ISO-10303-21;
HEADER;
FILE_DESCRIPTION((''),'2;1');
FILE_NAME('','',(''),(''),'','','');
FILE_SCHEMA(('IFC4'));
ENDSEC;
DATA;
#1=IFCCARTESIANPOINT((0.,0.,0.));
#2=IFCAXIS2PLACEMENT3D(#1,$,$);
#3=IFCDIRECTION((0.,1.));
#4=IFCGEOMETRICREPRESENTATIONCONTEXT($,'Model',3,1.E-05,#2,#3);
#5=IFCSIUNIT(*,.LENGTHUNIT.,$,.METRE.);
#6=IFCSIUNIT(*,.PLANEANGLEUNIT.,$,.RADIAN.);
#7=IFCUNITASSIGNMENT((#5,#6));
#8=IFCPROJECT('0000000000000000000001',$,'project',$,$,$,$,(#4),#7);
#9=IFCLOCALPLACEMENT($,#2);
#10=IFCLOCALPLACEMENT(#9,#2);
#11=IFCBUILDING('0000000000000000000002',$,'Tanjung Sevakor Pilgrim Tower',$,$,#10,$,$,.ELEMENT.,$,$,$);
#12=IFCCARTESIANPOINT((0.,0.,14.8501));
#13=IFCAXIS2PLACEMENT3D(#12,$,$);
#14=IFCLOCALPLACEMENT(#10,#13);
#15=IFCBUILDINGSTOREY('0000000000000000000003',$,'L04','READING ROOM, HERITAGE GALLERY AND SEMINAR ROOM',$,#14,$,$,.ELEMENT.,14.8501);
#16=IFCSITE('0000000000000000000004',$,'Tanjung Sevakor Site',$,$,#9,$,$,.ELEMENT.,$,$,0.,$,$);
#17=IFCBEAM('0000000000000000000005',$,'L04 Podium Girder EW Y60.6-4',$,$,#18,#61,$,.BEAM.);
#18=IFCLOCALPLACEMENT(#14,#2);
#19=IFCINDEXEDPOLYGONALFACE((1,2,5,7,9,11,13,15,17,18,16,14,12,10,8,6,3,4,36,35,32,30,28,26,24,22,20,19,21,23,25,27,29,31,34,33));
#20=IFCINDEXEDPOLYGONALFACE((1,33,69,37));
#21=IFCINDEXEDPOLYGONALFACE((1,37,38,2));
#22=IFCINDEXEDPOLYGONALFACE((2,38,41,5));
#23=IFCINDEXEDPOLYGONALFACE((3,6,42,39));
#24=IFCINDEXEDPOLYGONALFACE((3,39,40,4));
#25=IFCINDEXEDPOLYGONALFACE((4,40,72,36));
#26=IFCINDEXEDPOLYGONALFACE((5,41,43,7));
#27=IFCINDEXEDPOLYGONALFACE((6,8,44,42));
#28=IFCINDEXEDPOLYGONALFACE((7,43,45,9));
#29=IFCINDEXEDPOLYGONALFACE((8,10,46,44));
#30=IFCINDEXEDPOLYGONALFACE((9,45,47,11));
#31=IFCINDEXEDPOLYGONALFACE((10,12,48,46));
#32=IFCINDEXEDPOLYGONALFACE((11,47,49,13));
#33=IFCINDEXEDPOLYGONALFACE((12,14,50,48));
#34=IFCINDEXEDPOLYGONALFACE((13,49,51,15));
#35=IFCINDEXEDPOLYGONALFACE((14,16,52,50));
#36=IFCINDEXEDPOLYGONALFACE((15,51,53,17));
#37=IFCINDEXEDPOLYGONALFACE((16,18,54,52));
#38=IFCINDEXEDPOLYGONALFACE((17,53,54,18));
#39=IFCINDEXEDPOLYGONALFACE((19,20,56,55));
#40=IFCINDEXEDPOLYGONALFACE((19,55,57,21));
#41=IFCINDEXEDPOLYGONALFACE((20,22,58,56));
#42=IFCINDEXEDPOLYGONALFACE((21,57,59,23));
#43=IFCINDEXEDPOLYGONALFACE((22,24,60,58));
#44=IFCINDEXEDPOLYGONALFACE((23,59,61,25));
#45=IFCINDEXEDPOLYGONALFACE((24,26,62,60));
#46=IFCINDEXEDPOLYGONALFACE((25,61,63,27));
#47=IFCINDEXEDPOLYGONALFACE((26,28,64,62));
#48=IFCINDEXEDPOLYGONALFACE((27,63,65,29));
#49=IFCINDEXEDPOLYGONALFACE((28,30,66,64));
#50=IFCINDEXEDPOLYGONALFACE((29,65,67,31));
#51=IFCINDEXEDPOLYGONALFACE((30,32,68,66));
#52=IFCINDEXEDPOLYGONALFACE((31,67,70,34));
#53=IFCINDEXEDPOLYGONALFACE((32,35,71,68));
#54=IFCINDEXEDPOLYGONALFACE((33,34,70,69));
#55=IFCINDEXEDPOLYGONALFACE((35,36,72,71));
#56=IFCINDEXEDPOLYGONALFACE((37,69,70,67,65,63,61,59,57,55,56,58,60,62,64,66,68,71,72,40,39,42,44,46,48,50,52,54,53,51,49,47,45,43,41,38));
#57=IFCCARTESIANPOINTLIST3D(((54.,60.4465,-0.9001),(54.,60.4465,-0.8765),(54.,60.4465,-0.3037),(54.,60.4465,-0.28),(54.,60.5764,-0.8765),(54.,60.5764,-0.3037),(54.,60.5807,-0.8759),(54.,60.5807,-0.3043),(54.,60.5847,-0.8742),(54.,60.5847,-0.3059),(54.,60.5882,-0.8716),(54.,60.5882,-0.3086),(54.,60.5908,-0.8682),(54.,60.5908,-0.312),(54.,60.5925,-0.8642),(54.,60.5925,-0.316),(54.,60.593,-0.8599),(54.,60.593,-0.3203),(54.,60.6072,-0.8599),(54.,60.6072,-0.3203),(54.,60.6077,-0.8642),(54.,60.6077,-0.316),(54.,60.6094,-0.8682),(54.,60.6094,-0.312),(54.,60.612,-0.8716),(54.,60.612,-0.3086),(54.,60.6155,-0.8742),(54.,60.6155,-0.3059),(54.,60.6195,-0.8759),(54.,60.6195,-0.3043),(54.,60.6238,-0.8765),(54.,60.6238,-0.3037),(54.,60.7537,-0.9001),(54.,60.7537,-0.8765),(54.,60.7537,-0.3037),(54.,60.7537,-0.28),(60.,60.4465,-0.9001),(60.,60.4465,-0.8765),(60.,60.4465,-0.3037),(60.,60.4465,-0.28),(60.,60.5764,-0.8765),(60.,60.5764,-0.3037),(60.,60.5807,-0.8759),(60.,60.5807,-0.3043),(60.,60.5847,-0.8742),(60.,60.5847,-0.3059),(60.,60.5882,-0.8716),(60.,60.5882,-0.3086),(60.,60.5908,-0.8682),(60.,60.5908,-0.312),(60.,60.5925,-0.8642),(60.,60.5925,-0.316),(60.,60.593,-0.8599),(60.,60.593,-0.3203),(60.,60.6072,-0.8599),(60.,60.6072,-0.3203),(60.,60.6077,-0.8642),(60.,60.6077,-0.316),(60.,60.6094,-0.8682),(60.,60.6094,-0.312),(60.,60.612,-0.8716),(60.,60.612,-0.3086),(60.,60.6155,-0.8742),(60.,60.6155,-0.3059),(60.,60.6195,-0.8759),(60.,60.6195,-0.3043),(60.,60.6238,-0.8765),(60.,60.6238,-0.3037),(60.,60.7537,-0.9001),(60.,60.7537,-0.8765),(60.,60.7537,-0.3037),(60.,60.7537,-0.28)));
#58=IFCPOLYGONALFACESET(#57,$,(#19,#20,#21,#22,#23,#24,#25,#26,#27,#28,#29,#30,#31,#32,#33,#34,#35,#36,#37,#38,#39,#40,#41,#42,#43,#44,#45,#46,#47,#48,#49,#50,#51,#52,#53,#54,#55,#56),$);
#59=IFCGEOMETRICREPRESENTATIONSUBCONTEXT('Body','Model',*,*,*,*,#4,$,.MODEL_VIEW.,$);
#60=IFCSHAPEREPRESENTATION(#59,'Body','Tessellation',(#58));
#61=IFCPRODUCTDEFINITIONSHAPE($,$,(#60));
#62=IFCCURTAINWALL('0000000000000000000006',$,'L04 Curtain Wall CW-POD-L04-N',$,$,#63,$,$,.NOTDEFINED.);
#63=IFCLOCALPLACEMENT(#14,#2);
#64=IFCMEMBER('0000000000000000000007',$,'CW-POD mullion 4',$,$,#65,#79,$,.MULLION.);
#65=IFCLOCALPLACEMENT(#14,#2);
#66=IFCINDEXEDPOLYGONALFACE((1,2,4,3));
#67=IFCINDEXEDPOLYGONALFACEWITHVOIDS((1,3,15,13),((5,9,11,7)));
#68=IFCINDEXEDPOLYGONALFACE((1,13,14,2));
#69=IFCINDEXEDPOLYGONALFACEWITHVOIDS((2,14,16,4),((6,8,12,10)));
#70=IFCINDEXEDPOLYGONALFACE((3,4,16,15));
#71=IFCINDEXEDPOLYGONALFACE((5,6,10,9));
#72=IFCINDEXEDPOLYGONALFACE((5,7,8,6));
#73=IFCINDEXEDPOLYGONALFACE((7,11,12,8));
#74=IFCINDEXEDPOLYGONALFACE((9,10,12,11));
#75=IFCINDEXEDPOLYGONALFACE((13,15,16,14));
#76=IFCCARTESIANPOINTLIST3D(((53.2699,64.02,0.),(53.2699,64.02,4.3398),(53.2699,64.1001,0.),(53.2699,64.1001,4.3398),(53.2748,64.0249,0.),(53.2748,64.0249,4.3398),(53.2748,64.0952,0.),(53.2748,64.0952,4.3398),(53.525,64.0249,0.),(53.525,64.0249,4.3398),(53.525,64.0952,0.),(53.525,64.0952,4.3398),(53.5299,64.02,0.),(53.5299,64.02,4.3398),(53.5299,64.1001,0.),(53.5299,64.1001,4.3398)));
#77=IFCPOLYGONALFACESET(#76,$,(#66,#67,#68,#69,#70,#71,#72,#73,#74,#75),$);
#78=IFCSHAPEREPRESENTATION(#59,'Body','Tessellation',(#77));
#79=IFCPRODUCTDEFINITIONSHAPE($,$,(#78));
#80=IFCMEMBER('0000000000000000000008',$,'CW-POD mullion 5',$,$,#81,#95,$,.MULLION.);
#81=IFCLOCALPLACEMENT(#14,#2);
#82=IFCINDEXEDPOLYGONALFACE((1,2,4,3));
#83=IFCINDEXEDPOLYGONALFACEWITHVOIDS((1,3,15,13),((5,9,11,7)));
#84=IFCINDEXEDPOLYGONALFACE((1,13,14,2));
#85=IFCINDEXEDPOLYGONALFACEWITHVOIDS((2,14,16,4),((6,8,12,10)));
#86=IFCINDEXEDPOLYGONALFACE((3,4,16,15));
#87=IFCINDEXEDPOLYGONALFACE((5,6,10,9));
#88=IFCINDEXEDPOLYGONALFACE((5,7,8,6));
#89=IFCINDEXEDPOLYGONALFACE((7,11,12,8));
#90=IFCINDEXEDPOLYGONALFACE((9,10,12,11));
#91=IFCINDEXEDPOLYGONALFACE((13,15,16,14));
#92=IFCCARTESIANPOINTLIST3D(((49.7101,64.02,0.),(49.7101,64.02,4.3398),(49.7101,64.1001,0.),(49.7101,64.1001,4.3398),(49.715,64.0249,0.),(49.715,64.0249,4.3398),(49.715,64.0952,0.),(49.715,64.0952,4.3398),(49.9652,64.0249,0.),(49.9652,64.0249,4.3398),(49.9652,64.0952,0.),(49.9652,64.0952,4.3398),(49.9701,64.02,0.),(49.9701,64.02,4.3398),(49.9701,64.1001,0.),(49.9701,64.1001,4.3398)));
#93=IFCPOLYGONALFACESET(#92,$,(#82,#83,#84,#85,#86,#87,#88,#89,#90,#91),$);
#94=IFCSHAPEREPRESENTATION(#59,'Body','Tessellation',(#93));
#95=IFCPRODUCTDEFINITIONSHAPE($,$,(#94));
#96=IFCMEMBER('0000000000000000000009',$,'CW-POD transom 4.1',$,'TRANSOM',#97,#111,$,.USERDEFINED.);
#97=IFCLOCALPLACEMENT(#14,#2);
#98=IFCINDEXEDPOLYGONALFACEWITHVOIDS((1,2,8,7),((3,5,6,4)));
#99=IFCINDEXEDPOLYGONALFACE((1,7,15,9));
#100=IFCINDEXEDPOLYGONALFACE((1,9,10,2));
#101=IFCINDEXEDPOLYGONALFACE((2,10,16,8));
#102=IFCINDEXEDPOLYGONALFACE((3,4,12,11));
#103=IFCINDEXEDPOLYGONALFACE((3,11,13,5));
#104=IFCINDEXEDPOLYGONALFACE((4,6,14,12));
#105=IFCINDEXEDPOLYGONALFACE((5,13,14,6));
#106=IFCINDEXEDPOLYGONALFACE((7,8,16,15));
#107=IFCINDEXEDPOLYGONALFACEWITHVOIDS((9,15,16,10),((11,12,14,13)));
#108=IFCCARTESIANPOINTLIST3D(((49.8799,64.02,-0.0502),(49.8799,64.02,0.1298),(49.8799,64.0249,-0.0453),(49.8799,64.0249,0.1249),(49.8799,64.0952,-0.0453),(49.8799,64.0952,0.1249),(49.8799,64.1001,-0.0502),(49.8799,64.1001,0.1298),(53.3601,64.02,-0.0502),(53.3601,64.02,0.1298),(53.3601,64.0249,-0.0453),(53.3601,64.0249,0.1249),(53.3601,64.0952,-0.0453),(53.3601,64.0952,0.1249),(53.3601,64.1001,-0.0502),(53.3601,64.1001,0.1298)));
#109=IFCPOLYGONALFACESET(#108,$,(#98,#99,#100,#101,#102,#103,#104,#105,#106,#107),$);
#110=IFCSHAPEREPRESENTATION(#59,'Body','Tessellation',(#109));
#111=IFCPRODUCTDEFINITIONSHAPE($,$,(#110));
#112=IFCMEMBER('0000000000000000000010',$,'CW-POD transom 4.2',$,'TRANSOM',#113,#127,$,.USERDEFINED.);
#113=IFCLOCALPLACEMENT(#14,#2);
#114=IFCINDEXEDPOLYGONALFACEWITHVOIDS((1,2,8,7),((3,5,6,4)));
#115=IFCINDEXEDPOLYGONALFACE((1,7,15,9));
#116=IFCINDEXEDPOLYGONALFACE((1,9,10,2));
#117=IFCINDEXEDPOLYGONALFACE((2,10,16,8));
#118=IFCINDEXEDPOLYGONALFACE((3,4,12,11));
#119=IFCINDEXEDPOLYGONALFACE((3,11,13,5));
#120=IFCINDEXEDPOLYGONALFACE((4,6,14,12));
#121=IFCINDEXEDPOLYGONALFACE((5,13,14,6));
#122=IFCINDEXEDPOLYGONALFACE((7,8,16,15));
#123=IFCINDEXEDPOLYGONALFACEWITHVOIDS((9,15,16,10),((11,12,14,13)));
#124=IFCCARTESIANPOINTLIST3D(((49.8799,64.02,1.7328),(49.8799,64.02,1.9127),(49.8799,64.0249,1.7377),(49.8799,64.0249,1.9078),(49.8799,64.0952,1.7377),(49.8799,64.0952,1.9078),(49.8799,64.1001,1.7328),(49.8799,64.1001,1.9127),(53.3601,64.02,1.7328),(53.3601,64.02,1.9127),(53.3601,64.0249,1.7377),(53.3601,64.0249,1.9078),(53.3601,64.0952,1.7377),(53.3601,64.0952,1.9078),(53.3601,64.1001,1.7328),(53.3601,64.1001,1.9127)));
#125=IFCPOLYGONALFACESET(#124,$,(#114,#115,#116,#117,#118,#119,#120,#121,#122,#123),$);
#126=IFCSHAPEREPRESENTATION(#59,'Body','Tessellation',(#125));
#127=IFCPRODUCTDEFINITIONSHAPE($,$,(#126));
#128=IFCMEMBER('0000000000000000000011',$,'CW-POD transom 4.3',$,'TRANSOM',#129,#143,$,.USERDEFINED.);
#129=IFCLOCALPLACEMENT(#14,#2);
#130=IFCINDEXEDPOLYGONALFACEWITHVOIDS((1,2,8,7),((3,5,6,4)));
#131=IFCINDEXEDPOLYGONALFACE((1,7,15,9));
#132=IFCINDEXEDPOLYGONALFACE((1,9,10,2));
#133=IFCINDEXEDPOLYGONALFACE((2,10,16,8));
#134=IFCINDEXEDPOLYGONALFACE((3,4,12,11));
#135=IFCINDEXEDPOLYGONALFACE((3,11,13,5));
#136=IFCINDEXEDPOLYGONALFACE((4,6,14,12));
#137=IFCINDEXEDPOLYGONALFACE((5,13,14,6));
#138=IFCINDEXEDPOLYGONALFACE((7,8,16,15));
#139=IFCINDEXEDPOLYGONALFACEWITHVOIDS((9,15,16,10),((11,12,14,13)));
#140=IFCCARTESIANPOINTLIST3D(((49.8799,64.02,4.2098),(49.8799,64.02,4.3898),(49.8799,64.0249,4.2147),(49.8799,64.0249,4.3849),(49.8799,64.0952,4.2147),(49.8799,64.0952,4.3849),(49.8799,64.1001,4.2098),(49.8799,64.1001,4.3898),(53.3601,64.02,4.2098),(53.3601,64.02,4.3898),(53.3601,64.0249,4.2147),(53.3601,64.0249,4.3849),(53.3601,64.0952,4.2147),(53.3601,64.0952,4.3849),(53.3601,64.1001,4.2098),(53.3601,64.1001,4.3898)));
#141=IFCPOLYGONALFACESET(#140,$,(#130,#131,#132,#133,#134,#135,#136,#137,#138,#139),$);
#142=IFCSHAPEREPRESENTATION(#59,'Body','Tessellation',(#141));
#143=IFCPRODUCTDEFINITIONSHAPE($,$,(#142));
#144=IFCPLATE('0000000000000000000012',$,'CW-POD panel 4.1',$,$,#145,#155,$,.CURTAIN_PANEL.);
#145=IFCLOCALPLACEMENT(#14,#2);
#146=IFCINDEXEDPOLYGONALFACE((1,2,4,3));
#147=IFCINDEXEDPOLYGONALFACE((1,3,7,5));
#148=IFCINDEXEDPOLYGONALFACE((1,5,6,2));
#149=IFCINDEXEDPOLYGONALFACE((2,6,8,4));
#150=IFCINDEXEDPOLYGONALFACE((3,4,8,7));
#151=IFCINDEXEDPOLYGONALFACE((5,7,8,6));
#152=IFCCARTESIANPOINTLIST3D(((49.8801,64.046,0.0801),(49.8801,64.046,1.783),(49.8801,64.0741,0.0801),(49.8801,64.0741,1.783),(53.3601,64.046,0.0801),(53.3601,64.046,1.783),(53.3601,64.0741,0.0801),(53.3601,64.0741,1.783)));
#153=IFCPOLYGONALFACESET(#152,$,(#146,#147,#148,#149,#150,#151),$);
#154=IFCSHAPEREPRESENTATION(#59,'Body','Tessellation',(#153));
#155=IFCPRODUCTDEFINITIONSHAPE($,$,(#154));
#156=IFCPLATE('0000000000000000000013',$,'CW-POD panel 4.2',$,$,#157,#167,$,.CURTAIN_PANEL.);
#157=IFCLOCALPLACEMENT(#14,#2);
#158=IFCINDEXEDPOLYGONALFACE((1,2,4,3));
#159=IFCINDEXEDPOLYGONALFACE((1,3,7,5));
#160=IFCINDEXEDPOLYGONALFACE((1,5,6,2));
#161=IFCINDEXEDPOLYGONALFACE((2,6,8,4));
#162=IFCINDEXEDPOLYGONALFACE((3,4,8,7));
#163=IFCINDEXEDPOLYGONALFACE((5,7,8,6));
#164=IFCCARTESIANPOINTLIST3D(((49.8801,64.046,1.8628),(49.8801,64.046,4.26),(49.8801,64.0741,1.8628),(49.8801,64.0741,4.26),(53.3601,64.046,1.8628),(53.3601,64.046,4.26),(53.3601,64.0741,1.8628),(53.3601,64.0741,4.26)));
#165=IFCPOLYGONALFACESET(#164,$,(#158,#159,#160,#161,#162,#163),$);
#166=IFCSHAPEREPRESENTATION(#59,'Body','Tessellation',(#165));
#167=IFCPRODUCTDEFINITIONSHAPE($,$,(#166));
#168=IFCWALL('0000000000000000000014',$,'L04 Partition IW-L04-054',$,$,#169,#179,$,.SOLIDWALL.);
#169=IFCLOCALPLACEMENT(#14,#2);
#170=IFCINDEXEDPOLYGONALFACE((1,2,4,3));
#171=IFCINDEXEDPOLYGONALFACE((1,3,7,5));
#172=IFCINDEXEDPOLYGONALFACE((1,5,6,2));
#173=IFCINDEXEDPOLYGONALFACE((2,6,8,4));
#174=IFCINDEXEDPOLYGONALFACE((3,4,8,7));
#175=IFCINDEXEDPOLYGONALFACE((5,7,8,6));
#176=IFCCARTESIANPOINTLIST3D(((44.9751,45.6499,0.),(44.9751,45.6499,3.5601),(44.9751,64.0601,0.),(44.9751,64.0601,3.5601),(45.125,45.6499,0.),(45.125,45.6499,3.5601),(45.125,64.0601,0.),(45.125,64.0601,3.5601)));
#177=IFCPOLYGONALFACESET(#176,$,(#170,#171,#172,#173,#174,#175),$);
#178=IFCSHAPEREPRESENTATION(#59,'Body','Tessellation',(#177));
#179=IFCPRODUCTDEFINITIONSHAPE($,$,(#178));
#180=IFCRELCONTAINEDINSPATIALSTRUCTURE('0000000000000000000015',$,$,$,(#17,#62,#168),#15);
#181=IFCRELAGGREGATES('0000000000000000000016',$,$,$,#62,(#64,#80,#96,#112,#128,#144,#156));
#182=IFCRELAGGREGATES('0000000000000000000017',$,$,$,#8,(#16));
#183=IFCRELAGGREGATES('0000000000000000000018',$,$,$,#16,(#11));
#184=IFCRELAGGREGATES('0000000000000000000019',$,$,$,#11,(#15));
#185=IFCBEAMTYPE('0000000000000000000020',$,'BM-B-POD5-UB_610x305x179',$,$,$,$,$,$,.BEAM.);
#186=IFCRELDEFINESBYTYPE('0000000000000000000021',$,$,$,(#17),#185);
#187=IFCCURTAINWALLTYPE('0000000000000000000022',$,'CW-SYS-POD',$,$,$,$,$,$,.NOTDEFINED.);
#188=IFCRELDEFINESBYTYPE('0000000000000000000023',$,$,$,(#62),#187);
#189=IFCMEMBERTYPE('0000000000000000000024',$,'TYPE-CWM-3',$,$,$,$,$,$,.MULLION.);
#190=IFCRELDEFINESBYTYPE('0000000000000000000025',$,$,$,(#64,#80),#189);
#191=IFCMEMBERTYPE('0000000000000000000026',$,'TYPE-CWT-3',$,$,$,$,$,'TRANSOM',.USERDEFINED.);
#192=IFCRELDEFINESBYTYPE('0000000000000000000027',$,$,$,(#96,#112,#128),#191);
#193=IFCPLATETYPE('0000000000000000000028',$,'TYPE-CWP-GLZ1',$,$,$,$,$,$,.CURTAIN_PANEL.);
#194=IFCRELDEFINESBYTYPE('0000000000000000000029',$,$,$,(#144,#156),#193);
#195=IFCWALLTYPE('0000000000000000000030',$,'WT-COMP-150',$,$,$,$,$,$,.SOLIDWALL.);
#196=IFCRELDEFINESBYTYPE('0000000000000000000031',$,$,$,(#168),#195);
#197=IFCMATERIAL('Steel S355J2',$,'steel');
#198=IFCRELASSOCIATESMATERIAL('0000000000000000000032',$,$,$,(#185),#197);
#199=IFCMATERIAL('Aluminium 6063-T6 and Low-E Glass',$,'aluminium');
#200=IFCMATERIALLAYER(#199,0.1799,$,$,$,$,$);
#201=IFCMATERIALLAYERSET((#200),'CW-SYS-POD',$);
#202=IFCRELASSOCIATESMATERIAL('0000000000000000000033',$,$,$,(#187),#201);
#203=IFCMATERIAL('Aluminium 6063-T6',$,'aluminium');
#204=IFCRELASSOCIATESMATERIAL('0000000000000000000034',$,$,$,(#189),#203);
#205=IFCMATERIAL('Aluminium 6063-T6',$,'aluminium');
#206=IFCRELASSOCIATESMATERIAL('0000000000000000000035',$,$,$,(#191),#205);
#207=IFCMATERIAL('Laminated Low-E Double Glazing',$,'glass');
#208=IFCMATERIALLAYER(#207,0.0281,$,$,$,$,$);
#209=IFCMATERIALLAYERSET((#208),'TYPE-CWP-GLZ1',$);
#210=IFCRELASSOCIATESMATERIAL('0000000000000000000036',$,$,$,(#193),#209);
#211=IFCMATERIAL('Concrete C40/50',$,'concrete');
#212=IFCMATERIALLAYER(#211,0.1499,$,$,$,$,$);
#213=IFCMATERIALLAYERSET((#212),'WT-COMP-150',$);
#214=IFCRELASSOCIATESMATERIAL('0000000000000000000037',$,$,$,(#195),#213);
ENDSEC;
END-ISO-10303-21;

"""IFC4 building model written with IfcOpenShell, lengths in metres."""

from ifc_helpers import new_model, si_unit, direction, frame, frame_2d, origin, origin_2d, place, context, subcontext, project, spatial, rectangle, hollow_rectangle, i_section, extrude, material, layer, layer_set, material_profile, profile_set, type_object, element, aggregate, save


model = new_model("IFC4")

# Units and contexts
model_context = context("Model", 3, precision=1e-05, world=origin(), true_north=direction((0.0, 1.0)))
body_context = subcontext(model_context, "Body", "Model", "MODEL_VIEW")
ifc_project = project(units=[si_unit("LENGTHUNIT", "METRE"), si_unit("PLANEANGLEUNIT", "RADIAN")], contexts=[model_context])

# Site, building, storey
site_placement = place(None, origin())
site = spatial("IfcSite", under=ifc_project, at=site_placement, Name="Tanjung Sevakor Site", CompositionType="ELEMENT", RefElevation=0.0)
building_placement = place(site_placement, origin())
building = spatial("IfcBuilding", under=site, at=building_placement, Name="Tanjung Sevakor Pilgrim Tower", CompositionType="ELEMENT")
storey_placement = place(building_placement, frame((0.0, 0.0, 14.8501)))
storey = spatial("IfcBuildingStorey", under=building, at=storey_placement, Name="L04", Description="READING ROOM, HERITAGE GALLERY AND SEMINAR ROOM", CompositionType="ELEMENT", Elevation=14.8501)

# Beam
ifc_material_1 = material(Name="Steel S355J2", Category="steel")
ifc_material_profile_1 = material_profile(ifc_material_1, i_section(OverallWidth=0.3071, OverallDepth=0.6201, WebThickness=0.0142, FlangeThickness=0.0237, FilletRadius=0.0166, at=origin_2d()))
ifc_profile_set_1 = profile_set([ifc_material_profile_1], Name="Steel S355J2")
beam_type_1 = type_object("IfcBeamType", Name="BM-B-POD5-UB_610x305x179", PredefinedType="BEAM", material=ifc_profile_set_1)
beam_placement = place(storey_placement, frame((54.0, 60.6001, -0.5901), z_axis=(1.0, 0.0, 0.0), x_axis=(0.0, 1.0, 0.0)))
element("IfcBeam", 1, at=beam_placement, inside=storey, type_object=beam_type_1, Name="L04 Podium Girder EW Y60.6-4", PredefinedType="BEAM", context=body_context, shape_type="SweptSolid", body=[
    extrude(i_section(OverallWidth=0.3071, OverallDepth=0.6201, WebThickness=0.0142, FlangeThickness=0.0237, FilletRadius=0.0166, at=origin_2d()), origin(), (0.0, 0.0, 1.0), 6.0),
])

# Curtain wall, members, plates
ifc_material_2 = material(Name="Aluminium 6063-T6 and Low-E Glass", Category="aluminium")
ifc_layer_1 = layer(ifc_material_2, 0.1799)
ifc_layer_set_1 = layer_set([ifc_layer_1], Name="CW-SYS-POD")
curtain_wall_type = type_object("IfcCurtainWallType", Name="CW-SYS-POD", PredefinedType="NOTDEFINED", material=ifc_layer_set_1)
curtain_wall_placement = place(storey_placement, origin())
curtain_wall = element("IfcCurtainWall", 2, at=curtain_wall_placement, inside=storey, type_object=curtain_wall_type, Name="L04 Curtain Wall CW-POD-L04-N", PredefinedType="NOTDEFINED")
ifc_material_3 = material(Name="Aluminium 6063-T6", Category="aluminium")
ifc_material_profile_2 = material_profile(ifc_material_3, hollow_rectangle(XDim=0.0801, YDim=0.26, WallThickness=0.0049, at=origin_2d()))
ifc_profile_set_2 = profile_set([ifc_material_profile_2], Name="Aluminium 6063-T6")
member_type_1 = type_object("IfcMemberType", Name="TYPE-CWM-3", PredefinedType="MULLION", material=ifc_profile_set_2)
member_1_placement = place(storey_placement, frame((53.3999, 64.0601, 0.0), z_axis=(0.0, 0.0, 1.0), x_axis=(0.0, -1.0, 0.0)))
member_1 = element("IfcMember", 3, at=member_1_placement, type_object=member_type_1, Name="CW-POD mullion 4", PredefinedType="MULLION", context=body_context, shape_type="SweptSolid", body=[
    extrude(hollow_rectangle(XDim=0.0801, YDim=0.26, WallThickness=0.0049, at=origin_2d()), origin(), (0.0, 0.0, 1.0), 4.3398),
])
member_2_placement = place(storey_placement, frame((49.8401, 64.0601, 0.0), z_axis=(0.0, 0.0, 1.0), x_axis=(0.0, -1.0, 0.0)))
member_2 = element("IfcMember", 4, at=member_2_placement, type_object=member_type_1, Name="CW-POD mullion 5", PredefinedType="MULLION", context=body_context, shape_type="SweptSolid", body=[
    extrude(hollow_rectangle(XDim=0.0801, YDim=0.26, WallThickness=0.0049, at=origin_2d()), origin(), (0.0, 0.0, 1.0), 4.3398),
])
ifc_material_4 = material(Name="Aluminium 6063-T6", Category="aluminium")
ifc_material_profile_3 = material_profile(ifc_material_4, hollow_rectangle(XDim=0.0801, YDim=0.1799, WallThickness=0.0049, at=origin_2d()))
ifc_profile_set_3 = profile_set([ifc_material_profile_3], Name="Aluminium 6063-T6")
member_type_2 = type_object("IfcMemberType", Name="TYPE-CWT-3", ElementType="TRANSOM", PredefinedType="USERDEFINED", material=ifc_profile_set_3)
member_3_placement = place(storey_placement, frame((53.3601, 64.0601, 0.0398), z_axis=(-1.0, 0.0, 0.0), x_axis=(0.0, -1.0, 0.0)))
member_3 = element("IfcMember", 5, at=member_3_placement, type_object=member_type_2, Name="CW-POD transom 4.1", ObjectType="TRANSOM", PredefinedType="USERDEFINED", context=body_context, shape_type="SweptSolid", body=[
    extrude(hollow_rectangle(XDim=0.0801, YDim=0.1799, WallThickness=0.0049, at=origin_2d()), origin(), (0.0, 0.0, 1.0), 3.4802),
])
member_4_placement = place(storey_placement, frame((53.3601, 64.0601, 1.8228), z_axis=(-1.0, 0.0, 0.0), x_axis=(0.0, -1.0, 0.0)))
member_4 = element("IfcMember", 6, at=member_4_placement, type_object=member_type_2, Name="CW-POD transom 4.2", ObjectType="TRANSOM", PredefinedType="USERDEFINED", context=body_context, shape_type="SweptSolid", body=[
    extrude(hollow_rectangle(XDim=0.0801, YDim=0.1799, WallThickness=0.0049, at=origin_2d()), origin(), (0.0, 0.0, 1.0), 3.4802),
])
member_5_placement = place(storey_placement, frame((53.3601, 64.0601, 4.2998), z_axis=(-1.0, 0.0, 0.0), x_axis=(0.0, -1.0, 0.0)))
member_5 = element("IfcMember", 7, at=member_5_placement, type_object=member_type_2, Name="CW-POD transom 4.3", ObjectType="TRANSOM", PredefinedType="USERDEFINED", context=body_context, shape_type="SweptSolid", body=[
    extrude(hollow_rectangle(XDim=0.0801, YDim=0.1799, WallThickness=0.0049, at=origin_2d()), origin(), (0.0, 0.0, 1.0), 3.4802),
])
ifc_material_5 = material(Name="Laminated Low-E Double Glazing", Category="glass")
ifc_layer_2 = layer(ifc_material_5, 0.0281)
ifc_layer_set_2 = layer_set([ifc_layer_2], Name="TYPE-CWP-GLZ1")
plate_type = type_object("IfcPlateType", Name="TYPE-CWP-GLZ1", PredefinedType="CURTAIN_PANEL", material=ifc_layer_set_2)
plate_1_placement = place(storey_placement, frame((51.6201, 64.0601, 0.0801), z_axis=(0.0, 0.0, 1.0), x_axis=(-1.0, 0.0, 0.0)))
plate_1 = element("IfcPlate", 8, at=plate_1_placement, type_object=plate_type, Name="CW-POD panel 4.1", PredefinedType="CURTAIN_PANEL", context=body_context, shape_type="SweptSolid", body=[
    extrude(rectangle(XDim=3.48, YDim=0.0281, at=origin_2d()), origin(), (0.0, 0.0, 1.0), 1.7029),
])
plate_2_placement = place(storey_placement, frame((51.6201, 64.0601, 1.8628), z_axis=(0.0, 0.0, 1.0), x_axis=(-1.0, 0.0, 0.0)))
plate_2 = element("IfcPlate", 9, at=plate_2_placement, type_object=plate_type, Name="CW-POD panel 4.2", PredefinedType="CURTAIN_PANEL", context=body_context, shape_type="SweptSolid", body=[
    extrude(rectangle(XDim=3.48, YDim=0.0281, at=origin_2d()), origin(), (0.0, 0.0, 1.0), 2.3972),
])
aggregate(curtain_wall, [member_1, member_2, member_3, member_4, member_5, plate_1, plate_2])

# Wall
ifc_material_6 = material(Name="Concrete C40/50", Category="concrete")
ifc_layer_3 = layer(ifc_material_6, 0.1499)
ifc_layer_set_3 = layer_set([ifc_layer_3], Name="WT-COMP-150")
wall_type_1 = type_object("IfcWallType", Name="WT-COMP-150", PredefinedType="SOLIDWALL", material=ifc_layer_set_3)
wall_1_placement = place(storey_placement, frame((45.05, 45.6499, 0.0), z_axis=(0.0, 0.0, 1.0), x_axis=(0.0, 1.0, 0.0)))
element("IfcWall", 10, at=wall_1_placement, inside=storey, type_object=wall_type_1, Name="L04 Partition IW-L04-054", PredefinedType="SOLIDWALL", context=body_context, shape_type="SweptSolid", body=[
    extrude(rectangle(XDim=18.4102, YDim=0.1499, at=frame_2d((9.2051, 0.0))), origin(), (0.0, 0.0, 1.0), 3.5601),
])

save(model, "model.ifc")
